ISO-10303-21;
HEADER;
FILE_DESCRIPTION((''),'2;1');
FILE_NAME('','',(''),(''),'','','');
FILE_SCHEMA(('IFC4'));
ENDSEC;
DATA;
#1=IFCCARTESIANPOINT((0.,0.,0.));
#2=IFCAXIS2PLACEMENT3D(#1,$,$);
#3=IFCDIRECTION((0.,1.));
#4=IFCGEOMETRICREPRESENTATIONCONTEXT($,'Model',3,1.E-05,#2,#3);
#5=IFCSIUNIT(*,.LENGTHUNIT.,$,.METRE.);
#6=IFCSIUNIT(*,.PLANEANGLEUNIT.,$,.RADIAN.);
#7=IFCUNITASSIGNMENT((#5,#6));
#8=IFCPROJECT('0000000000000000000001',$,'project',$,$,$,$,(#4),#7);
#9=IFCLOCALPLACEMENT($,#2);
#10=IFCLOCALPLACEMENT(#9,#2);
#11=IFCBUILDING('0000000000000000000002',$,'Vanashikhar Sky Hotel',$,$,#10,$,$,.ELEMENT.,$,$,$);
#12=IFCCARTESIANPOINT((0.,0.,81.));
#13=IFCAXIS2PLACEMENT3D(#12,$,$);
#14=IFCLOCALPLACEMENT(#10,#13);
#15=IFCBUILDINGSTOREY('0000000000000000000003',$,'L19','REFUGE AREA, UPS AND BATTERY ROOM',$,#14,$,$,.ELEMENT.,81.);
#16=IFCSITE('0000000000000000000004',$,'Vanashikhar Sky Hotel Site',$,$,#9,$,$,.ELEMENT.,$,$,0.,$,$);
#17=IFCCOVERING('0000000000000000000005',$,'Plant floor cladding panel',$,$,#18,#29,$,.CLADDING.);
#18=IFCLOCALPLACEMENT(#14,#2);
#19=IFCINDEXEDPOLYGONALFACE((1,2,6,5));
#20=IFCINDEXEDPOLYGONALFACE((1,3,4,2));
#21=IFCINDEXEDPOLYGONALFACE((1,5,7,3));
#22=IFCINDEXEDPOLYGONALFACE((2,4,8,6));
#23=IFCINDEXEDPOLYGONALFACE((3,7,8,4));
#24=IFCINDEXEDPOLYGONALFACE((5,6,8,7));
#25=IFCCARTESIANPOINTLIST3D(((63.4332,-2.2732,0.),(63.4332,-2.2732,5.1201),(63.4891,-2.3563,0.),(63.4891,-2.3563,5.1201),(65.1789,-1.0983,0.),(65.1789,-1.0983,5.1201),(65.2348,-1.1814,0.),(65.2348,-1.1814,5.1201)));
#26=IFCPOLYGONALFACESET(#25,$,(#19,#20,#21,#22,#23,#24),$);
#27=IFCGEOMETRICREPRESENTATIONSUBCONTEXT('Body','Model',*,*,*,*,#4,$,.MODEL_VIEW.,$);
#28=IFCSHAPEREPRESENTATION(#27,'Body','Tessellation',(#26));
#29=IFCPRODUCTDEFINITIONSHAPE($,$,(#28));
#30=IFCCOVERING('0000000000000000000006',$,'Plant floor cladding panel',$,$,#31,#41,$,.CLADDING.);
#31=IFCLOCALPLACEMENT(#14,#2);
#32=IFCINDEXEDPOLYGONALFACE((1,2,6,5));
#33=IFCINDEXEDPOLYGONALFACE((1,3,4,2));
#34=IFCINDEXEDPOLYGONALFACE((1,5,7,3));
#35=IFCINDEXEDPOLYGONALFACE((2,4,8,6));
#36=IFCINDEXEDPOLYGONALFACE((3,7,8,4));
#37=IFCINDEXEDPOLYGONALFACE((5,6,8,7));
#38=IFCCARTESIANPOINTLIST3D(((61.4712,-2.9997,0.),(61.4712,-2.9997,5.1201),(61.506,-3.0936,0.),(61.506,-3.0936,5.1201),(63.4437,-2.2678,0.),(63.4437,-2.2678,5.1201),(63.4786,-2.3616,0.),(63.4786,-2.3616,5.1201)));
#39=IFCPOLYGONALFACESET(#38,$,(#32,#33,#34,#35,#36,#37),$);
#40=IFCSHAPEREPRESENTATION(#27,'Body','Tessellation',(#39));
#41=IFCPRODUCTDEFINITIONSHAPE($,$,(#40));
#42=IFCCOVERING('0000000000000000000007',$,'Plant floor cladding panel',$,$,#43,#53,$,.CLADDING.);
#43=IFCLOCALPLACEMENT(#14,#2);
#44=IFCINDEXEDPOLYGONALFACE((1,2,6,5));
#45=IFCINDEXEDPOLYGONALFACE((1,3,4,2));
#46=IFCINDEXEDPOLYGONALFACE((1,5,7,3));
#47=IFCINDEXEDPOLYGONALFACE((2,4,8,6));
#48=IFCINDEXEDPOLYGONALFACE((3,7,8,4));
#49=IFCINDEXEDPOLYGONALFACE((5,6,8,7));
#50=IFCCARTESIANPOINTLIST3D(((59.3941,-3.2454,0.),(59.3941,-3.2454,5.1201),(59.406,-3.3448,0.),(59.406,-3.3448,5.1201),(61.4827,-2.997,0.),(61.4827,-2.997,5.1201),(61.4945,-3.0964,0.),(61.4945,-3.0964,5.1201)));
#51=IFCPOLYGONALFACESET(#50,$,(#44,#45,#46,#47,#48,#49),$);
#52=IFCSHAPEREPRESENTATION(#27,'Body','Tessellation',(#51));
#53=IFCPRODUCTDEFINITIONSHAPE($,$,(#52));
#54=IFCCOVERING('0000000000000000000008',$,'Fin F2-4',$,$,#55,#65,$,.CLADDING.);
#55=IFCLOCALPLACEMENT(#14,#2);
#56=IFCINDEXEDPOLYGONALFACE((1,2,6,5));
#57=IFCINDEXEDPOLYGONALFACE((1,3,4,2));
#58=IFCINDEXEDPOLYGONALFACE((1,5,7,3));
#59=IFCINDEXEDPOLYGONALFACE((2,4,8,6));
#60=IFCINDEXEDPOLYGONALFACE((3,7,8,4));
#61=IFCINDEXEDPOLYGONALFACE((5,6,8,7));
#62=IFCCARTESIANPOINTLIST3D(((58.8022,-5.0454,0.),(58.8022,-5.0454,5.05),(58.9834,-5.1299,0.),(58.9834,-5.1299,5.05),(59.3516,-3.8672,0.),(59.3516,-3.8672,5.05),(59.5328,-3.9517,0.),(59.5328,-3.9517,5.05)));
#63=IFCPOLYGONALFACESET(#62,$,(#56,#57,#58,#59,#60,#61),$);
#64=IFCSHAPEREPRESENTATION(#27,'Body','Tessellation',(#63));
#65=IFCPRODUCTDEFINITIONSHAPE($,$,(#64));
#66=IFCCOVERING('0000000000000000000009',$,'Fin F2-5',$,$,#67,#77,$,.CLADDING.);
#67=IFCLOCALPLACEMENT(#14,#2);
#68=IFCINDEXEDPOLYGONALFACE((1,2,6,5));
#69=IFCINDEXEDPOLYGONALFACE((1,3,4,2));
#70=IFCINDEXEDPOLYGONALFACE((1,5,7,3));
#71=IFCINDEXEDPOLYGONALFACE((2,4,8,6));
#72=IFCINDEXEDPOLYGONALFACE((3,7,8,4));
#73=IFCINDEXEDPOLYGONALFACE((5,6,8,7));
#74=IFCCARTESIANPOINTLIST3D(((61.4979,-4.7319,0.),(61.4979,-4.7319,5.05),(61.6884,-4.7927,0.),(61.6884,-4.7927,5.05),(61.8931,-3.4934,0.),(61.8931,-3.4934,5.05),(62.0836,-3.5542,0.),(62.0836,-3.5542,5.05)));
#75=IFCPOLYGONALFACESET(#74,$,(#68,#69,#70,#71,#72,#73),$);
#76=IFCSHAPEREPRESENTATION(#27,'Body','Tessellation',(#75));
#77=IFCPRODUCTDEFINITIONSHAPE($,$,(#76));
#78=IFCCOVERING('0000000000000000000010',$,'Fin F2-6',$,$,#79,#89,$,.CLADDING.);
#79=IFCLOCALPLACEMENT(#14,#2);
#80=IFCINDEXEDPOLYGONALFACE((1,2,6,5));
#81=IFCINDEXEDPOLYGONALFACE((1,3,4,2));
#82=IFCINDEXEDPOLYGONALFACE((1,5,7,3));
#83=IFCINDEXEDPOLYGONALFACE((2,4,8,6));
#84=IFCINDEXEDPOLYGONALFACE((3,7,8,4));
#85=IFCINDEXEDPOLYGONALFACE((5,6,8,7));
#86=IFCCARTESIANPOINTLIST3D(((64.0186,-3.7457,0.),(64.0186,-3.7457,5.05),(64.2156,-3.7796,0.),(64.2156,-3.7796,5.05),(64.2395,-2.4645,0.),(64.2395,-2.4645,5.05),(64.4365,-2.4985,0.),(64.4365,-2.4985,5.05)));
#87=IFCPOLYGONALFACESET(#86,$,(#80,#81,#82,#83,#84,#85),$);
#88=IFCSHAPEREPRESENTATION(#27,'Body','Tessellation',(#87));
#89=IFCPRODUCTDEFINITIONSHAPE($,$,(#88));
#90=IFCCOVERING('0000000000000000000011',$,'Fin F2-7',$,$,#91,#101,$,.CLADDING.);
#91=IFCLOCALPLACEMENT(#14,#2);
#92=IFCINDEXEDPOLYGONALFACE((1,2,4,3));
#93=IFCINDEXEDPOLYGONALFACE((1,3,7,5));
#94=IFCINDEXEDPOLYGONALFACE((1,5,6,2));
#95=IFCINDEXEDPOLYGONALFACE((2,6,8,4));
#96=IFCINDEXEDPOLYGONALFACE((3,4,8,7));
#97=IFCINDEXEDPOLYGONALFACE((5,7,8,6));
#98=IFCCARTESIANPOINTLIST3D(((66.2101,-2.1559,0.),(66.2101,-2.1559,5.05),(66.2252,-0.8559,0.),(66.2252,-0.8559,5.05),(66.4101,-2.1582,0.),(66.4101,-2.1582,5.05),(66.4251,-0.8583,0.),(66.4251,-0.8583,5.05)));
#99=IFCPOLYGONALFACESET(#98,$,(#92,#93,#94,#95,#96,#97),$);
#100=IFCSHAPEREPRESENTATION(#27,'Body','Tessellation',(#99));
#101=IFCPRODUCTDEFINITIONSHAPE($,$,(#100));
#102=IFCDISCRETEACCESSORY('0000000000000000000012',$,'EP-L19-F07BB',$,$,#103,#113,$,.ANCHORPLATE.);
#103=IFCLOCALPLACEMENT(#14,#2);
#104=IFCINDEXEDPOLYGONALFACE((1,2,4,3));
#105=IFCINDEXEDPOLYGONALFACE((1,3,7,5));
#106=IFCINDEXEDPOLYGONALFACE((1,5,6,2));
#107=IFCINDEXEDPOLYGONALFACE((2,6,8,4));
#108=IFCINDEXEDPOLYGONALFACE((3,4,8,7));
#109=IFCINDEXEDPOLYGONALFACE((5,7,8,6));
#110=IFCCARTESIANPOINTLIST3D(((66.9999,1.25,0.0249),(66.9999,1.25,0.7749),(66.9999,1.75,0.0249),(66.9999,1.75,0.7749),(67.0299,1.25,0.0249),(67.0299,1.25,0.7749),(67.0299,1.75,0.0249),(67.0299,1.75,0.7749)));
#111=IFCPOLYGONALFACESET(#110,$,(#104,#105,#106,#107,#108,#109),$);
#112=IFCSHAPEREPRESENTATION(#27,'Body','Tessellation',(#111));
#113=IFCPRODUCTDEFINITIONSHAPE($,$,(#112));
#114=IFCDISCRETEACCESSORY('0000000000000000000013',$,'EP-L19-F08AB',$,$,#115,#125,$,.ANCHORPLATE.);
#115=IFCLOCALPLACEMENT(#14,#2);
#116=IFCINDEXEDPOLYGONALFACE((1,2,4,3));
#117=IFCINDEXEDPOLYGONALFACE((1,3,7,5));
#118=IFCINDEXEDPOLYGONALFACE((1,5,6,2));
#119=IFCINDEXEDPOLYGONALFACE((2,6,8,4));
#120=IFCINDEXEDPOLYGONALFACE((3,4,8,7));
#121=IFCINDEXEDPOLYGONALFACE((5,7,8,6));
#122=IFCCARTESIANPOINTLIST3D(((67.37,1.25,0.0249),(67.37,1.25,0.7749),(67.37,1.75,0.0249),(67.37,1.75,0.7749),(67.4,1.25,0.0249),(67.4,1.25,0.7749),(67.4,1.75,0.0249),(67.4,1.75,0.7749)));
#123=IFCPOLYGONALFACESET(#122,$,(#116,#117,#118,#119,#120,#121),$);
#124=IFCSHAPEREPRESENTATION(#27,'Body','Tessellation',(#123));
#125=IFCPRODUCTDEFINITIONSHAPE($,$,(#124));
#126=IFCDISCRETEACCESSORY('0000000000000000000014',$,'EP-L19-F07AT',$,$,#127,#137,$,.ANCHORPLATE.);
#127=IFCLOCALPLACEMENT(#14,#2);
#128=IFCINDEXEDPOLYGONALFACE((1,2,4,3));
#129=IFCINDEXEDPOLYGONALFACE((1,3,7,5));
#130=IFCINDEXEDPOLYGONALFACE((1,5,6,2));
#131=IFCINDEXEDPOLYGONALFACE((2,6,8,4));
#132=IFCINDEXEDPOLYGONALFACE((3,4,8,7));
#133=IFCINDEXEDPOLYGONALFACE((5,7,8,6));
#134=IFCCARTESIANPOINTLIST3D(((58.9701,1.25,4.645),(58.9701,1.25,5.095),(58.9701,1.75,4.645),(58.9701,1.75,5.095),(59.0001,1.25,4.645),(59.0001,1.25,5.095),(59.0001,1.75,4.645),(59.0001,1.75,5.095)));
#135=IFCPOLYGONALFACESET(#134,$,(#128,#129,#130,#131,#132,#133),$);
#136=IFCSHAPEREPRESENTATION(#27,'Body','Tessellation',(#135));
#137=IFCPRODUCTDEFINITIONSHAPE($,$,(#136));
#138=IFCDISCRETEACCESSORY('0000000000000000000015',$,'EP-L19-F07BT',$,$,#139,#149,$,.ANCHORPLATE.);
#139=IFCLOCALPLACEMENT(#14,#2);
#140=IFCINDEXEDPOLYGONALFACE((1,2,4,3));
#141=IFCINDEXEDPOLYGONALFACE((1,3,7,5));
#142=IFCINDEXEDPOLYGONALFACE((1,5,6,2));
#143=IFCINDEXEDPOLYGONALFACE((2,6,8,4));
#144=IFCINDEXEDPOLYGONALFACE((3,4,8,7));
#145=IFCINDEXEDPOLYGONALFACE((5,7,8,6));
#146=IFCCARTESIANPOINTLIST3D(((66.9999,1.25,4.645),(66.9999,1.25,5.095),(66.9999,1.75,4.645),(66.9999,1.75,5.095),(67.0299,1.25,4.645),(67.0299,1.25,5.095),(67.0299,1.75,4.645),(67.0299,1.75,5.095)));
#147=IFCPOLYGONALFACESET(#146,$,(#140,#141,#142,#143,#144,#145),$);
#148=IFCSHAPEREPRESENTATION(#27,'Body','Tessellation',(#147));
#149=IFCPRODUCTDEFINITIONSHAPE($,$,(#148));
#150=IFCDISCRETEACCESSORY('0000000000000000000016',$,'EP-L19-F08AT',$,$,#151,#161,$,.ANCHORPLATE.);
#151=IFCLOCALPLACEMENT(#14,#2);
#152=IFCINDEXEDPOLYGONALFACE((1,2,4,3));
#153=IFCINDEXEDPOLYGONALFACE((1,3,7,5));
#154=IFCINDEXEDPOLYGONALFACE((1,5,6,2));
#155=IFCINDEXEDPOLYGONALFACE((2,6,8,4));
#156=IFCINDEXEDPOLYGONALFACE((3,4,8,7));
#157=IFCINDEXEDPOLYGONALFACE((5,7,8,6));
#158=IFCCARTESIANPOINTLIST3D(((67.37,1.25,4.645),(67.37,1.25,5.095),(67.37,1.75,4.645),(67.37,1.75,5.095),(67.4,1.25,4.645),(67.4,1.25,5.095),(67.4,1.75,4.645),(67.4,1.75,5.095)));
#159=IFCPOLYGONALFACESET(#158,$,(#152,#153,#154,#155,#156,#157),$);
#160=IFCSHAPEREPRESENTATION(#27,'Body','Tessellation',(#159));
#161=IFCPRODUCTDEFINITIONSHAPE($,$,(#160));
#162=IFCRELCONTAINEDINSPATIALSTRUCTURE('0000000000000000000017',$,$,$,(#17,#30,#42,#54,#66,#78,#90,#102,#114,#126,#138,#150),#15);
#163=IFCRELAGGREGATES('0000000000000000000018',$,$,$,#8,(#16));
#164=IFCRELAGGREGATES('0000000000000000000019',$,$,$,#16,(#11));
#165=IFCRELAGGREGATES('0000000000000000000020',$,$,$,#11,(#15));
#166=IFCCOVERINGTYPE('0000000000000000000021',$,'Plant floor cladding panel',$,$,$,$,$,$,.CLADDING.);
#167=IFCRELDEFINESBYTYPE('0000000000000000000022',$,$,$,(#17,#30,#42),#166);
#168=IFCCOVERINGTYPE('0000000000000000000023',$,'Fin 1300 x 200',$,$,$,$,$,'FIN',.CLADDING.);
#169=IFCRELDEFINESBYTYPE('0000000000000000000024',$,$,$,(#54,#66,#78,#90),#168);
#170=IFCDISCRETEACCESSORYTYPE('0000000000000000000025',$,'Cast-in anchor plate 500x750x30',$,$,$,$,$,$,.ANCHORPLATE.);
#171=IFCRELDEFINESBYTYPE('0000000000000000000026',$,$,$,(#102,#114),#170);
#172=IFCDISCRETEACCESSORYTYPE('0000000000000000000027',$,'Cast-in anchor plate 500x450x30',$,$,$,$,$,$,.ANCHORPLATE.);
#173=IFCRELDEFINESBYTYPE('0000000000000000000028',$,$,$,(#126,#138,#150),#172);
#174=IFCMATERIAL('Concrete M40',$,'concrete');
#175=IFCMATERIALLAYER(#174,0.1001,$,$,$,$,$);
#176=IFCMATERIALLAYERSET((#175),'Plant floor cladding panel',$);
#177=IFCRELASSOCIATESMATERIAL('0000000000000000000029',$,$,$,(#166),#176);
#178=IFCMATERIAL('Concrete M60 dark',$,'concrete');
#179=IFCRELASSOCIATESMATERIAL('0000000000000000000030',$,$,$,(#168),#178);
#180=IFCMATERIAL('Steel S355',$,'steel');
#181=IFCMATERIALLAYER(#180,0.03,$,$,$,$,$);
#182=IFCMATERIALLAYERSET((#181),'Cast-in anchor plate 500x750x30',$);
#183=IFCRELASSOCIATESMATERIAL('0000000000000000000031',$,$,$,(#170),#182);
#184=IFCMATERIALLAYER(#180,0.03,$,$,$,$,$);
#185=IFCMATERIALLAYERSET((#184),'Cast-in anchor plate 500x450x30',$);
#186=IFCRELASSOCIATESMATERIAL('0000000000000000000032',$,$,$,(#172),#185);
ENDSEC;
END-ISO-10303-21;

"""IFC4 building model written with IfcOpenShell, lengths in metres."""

from ifc_helpers import new_model, si_unit, direction, frame, origin, origin_2d, place, context, subcontext, project, spatial, rectangle, extrude, source, transform, mapped, material, layer, layer_set, material_profile, profile_set, type_object, element, save


model = new_model("IFC4")

# Units and contexts
model_context = context("Model", 3, precision=1e-05, world=origin(), true_north=direction((0.0, 1.0)))
body_context = subcontext(model_context, "Body", "Model", "MODEL_VIEW")
ifc_project = project(units=[si_unit("LENGTHUNIT", "METRE"), si_unit("PLANEANGLEUNIT", "RADIAN")], contexts=[model_context])

# Site, building, storey
site_placement = place(None, origin())
site = spatial("IfcSite", under=ifc_project, at=site_placement, Name="Vanashikhar Sky Hotel Site", CompositionType="ELEMENT", RefElevation=0.0)
building_placement = place(site_placement, origin())
building = spatial("IfcBuilding", under=site, at=building_placement, Name="Vanashikhar Sky Hotel", CompositionType="ELEMENT")
storey_placement = place(building_placement, frame((0.0, 0.0, 81.0)))
storey = spatial("IfcBuildingStorey", under=building, at=storey_placement, Name="L19", Description="REFUGE AREA, UPS AND BATTERY ROOM", CompositionType="ELEMENT", Elevation=81.0)

# Shared definitions
ifc_material_1 = material(Name="Steel S355", Category="steel")

# Coverings
ifc_material_2 = material(Name="Concrete M40", Category="concrete")
ifc_layer_1 = layer(ifc_material_2, 0.1001)
ifc_layer_set_1 = layer_set([ifc_layer_1], Name="Plant floor cladding panel")
covering_type_1 = type_object("IfcCoveringType", Name="Plant floor cladding panel", PredefinedType="CLADDING", material=ifc_layer_set_1)
shared_shape_1 = source(origin(), body_context, "Body", "SweptSolid", [
    extrude(rectangle(XDim=2.1042, YDim=0.1001, at=origin_2d()), origin(), (0.0, 0.0, 1.0), 5.1201),
])
covering_1_placement = place(storey_placement, frame((64.334, -1.7273, 0.0), z_axis=(0.0, 0.0, 1.0), x_axis=(0.829603, 0.558353, 0.0)))
element("IfcCovering", 1, at=covering_1_placement, inside=storey, type_object=covering_type_1, Name="Plant floor cladding panel", PredefinedType="CLADDING", context=body_context, shape_type="MappedRepresentation", body=[
    mapped(shared_shape_1, transform((0.0, 0.0, 0.0), scale=1.0)),
])
shared_shape_2 = source(origin(), body_context, "Body", "SweptSolid", [
    extrude(rectangle(XDim=2.104, YDim=0.1001, at=origin_2d()), origin(), (0.0, 0.0, 1.0), 5.1201),
])
covering_2_placement = place(storey_placement, frame((62.4749, -2.6807, 0.0), z_axis=(0.0, 0.0, 1.0), x_axis=(0.937537, 0.347885, 0.0)))
element("IfcCovering", 2, at=covering_2_placement, inside=storey, type_object=covering_type_1, Name="Plant floor cladding panel", PredefinedType="CLADDING", context=body_context, shape_type="MappedRepresentation", body=[
    mapped(shared_shape_2, transform((0.0, 0.0, 0.0), scale=1.0)),
])
shared_shape_3 = source(origin(), body_context, "Body", "SweptSolid", [
    extrude(rectangle(XDim=2.1033, YDim=0.1001, at=origin_2d()), origin(), (0.0, 0.0, 1.0), 5.1201),
])
covering_3_placement = place(storey_placement, frame((60.4443, -3.1709, 0.0), z_axis=(0.0, 0.0, 1.0), x_axis=(0.993003, 0.118092, 0.0)))
element("IfcCovering", 3, at=covering_3_placement, inside=storey, type_object=covering_type_1, Name="Plant floor cladding panel", PredefinedType="CLADDING", context=body_context, shape_type="MappedRepresentation", body=[
    mapped(shared_shape_3, transform((0.0, 0.0, 0.0), scale=1.0)),
])
ifc_material_3 = material(Name="Concrete M60 dark", Category="concrete")
ifc_material_profile_1 = material_profile(ifc_material_3, rectangle(XDim=1.3, YDim=0.2, at=origin_2d()))
ifc_profile_set_1 = profile_set([ifc_material_profile_1], Name="Fin 1300 x 200")
covering_type_2 = type_object("IfcCoveringType", Name="Fin 1300 x 200", ElementType="FIN", PredefinedType="CLADDING", material=ifc_profile_set_1)
shared_shape_4 = source(origin(), body_context, "Body", "SweptSolid", [
    extrude(rectangle(XDim=1.3, YDim=0.2, at=origin_2d()), origin(), (0.0, 0.0, 1.0), 5.05),
])
for number, where, z_axis, x_axis, name in (
    (4, (59.1675, -4.4985, 0.0), (0.0, 0.0, 1.0), (-0.422618, -0.906308, 0.0), "Fin F2-4"),
    (5, (61.7908, -4.1431, 0.0), (0.0, 0.0, 1.0), (-0.303967, -0.952683, 0.0), "Fin F2-5"),
    (6, (64.2275, -3.1221, 0.0), (0.0, 0.0, 1.0), (-0.1699, -0.985461, 0.0), "Fin F2-6"),
    (7, (66.3176, -1.5071, 0.0), (0.0, 0.0, 1.0), (-0.011589, -0.999933, 0.0), "Fin F2-7"),
):
    element("IfcCovering", number, at=place(storey_placement, frame(where, z_axis=z_axis, x_axis=x_axis)), inside=storey, type_object=covering_type_2, Name=name, PredefinedType="CLADDING", context=body_context, shape_type="MappedRepresentation", body=[
        mapped(shared_shape_4, transform((0.0, 0.0, 0.0), scale=1.0)),
    ])

# Discrete accessories
ifc_layer_2 = layer(ifc_material_1, 0.03)
ifc_layer_set_2 = layer_set([ifc_layer_2], Name="Cast-in anchor plate 500x750x30")
discrete_accessory_type_1 = type_object("IfcDiscreteAccessoryType", Name="Cast-in anchor plate 500x750x30", PredefinedType="ANCHORPLATE", material=ifc_layer_set_2)
shared_shape_5 = source(origin(), body_context, "Body", "SweptSolid", [
    extrude(rectangle(XDim=0.03, YDim=0.5, at=origin_2d()), origin(), (0.0, 0.0, 1.0), 0.75),
])
for number, where, z_axis, x_axis, name in (
    (8, (67.0149, 1.5, 0.0249), (0.0, 0.0, 1.0), (1.0, 0.0, 0.0), "EP-L19-F07BB"),
    (9, (67.385, 1.5, 0.0249), (0.0, 0.0, 1.0), (1.0, 0.0, 0.0), "EP-L19-F08AB"),
):
    element("IfcDiscreteAccessory", number, at=place(storey_placement, frame(where, z_axis=z_axis, x_axis=x_axis)), inside=storey, type_object=discrete_accessory_type_1, Name=name, PredefinedType="ANCHORPLATE", context=body_context, shape_type="MappedRepresentation", body=[
        mapped(shared_shape_5, transform((0.0, 0.0, 0.0), scale=1.0)),
    ])
ifc_layer_3 = layer(ifc_material_1, 0.03)
ifc_layer_set_3 = layer_set([ifc_layer_3], Name="Cast-in anchor plate 500x450x30")
discrete_accessory_type_2 = type_object("IfcDiscreteAccessoryType", Name="Cast-in anchor plate 500x450x30", PredefinedType="ANCHORPLATE", material=ifc_layer_set_3)
shared_shape_6 = source(origin(), body_context, "Body", "SweptSolid", [
    extrude(rectangle(XDim=0.03, YDim=0.5, at=origin_2d()), origin(), (0.0, 0.0, 1.0), 0.45),
])
for number, where, z_axis, x_axis, name in (
    (10, (58.9851, 1.5, 4.645), (0.0, 0.0, 1.0), (1.0, 0.0, 0.0), "EP-L19-F07AT"),
    (11, (67.0149, 1.5, 4.645), (0.0, 0.0, 1.0), (1.0, 0.0, 0.0), "EP-L19-F07BT"),
    (12, (67.385, 1.5, 4.645), (0.0, 0.0, 1.0), (1.0, 0.0, 0.0), "EP-L19-F08AT"),
):
    element("IfcDiscreteAccessory", number, at=place(storey_placement, frame(where, z_axis=z_axis, x_axis=x_axis)), inside=storey, type_object=discrete_accessory_type_2, Name=name, PredefinedType="ANCHORPLATE", context=body_context, shape_type="MappedRepresentation", body=[
        mapped(shared_shape_6, transform((0.0, 0.0, 0.0), scale=1.0)),
    ])

save(model, "model.ifc")
